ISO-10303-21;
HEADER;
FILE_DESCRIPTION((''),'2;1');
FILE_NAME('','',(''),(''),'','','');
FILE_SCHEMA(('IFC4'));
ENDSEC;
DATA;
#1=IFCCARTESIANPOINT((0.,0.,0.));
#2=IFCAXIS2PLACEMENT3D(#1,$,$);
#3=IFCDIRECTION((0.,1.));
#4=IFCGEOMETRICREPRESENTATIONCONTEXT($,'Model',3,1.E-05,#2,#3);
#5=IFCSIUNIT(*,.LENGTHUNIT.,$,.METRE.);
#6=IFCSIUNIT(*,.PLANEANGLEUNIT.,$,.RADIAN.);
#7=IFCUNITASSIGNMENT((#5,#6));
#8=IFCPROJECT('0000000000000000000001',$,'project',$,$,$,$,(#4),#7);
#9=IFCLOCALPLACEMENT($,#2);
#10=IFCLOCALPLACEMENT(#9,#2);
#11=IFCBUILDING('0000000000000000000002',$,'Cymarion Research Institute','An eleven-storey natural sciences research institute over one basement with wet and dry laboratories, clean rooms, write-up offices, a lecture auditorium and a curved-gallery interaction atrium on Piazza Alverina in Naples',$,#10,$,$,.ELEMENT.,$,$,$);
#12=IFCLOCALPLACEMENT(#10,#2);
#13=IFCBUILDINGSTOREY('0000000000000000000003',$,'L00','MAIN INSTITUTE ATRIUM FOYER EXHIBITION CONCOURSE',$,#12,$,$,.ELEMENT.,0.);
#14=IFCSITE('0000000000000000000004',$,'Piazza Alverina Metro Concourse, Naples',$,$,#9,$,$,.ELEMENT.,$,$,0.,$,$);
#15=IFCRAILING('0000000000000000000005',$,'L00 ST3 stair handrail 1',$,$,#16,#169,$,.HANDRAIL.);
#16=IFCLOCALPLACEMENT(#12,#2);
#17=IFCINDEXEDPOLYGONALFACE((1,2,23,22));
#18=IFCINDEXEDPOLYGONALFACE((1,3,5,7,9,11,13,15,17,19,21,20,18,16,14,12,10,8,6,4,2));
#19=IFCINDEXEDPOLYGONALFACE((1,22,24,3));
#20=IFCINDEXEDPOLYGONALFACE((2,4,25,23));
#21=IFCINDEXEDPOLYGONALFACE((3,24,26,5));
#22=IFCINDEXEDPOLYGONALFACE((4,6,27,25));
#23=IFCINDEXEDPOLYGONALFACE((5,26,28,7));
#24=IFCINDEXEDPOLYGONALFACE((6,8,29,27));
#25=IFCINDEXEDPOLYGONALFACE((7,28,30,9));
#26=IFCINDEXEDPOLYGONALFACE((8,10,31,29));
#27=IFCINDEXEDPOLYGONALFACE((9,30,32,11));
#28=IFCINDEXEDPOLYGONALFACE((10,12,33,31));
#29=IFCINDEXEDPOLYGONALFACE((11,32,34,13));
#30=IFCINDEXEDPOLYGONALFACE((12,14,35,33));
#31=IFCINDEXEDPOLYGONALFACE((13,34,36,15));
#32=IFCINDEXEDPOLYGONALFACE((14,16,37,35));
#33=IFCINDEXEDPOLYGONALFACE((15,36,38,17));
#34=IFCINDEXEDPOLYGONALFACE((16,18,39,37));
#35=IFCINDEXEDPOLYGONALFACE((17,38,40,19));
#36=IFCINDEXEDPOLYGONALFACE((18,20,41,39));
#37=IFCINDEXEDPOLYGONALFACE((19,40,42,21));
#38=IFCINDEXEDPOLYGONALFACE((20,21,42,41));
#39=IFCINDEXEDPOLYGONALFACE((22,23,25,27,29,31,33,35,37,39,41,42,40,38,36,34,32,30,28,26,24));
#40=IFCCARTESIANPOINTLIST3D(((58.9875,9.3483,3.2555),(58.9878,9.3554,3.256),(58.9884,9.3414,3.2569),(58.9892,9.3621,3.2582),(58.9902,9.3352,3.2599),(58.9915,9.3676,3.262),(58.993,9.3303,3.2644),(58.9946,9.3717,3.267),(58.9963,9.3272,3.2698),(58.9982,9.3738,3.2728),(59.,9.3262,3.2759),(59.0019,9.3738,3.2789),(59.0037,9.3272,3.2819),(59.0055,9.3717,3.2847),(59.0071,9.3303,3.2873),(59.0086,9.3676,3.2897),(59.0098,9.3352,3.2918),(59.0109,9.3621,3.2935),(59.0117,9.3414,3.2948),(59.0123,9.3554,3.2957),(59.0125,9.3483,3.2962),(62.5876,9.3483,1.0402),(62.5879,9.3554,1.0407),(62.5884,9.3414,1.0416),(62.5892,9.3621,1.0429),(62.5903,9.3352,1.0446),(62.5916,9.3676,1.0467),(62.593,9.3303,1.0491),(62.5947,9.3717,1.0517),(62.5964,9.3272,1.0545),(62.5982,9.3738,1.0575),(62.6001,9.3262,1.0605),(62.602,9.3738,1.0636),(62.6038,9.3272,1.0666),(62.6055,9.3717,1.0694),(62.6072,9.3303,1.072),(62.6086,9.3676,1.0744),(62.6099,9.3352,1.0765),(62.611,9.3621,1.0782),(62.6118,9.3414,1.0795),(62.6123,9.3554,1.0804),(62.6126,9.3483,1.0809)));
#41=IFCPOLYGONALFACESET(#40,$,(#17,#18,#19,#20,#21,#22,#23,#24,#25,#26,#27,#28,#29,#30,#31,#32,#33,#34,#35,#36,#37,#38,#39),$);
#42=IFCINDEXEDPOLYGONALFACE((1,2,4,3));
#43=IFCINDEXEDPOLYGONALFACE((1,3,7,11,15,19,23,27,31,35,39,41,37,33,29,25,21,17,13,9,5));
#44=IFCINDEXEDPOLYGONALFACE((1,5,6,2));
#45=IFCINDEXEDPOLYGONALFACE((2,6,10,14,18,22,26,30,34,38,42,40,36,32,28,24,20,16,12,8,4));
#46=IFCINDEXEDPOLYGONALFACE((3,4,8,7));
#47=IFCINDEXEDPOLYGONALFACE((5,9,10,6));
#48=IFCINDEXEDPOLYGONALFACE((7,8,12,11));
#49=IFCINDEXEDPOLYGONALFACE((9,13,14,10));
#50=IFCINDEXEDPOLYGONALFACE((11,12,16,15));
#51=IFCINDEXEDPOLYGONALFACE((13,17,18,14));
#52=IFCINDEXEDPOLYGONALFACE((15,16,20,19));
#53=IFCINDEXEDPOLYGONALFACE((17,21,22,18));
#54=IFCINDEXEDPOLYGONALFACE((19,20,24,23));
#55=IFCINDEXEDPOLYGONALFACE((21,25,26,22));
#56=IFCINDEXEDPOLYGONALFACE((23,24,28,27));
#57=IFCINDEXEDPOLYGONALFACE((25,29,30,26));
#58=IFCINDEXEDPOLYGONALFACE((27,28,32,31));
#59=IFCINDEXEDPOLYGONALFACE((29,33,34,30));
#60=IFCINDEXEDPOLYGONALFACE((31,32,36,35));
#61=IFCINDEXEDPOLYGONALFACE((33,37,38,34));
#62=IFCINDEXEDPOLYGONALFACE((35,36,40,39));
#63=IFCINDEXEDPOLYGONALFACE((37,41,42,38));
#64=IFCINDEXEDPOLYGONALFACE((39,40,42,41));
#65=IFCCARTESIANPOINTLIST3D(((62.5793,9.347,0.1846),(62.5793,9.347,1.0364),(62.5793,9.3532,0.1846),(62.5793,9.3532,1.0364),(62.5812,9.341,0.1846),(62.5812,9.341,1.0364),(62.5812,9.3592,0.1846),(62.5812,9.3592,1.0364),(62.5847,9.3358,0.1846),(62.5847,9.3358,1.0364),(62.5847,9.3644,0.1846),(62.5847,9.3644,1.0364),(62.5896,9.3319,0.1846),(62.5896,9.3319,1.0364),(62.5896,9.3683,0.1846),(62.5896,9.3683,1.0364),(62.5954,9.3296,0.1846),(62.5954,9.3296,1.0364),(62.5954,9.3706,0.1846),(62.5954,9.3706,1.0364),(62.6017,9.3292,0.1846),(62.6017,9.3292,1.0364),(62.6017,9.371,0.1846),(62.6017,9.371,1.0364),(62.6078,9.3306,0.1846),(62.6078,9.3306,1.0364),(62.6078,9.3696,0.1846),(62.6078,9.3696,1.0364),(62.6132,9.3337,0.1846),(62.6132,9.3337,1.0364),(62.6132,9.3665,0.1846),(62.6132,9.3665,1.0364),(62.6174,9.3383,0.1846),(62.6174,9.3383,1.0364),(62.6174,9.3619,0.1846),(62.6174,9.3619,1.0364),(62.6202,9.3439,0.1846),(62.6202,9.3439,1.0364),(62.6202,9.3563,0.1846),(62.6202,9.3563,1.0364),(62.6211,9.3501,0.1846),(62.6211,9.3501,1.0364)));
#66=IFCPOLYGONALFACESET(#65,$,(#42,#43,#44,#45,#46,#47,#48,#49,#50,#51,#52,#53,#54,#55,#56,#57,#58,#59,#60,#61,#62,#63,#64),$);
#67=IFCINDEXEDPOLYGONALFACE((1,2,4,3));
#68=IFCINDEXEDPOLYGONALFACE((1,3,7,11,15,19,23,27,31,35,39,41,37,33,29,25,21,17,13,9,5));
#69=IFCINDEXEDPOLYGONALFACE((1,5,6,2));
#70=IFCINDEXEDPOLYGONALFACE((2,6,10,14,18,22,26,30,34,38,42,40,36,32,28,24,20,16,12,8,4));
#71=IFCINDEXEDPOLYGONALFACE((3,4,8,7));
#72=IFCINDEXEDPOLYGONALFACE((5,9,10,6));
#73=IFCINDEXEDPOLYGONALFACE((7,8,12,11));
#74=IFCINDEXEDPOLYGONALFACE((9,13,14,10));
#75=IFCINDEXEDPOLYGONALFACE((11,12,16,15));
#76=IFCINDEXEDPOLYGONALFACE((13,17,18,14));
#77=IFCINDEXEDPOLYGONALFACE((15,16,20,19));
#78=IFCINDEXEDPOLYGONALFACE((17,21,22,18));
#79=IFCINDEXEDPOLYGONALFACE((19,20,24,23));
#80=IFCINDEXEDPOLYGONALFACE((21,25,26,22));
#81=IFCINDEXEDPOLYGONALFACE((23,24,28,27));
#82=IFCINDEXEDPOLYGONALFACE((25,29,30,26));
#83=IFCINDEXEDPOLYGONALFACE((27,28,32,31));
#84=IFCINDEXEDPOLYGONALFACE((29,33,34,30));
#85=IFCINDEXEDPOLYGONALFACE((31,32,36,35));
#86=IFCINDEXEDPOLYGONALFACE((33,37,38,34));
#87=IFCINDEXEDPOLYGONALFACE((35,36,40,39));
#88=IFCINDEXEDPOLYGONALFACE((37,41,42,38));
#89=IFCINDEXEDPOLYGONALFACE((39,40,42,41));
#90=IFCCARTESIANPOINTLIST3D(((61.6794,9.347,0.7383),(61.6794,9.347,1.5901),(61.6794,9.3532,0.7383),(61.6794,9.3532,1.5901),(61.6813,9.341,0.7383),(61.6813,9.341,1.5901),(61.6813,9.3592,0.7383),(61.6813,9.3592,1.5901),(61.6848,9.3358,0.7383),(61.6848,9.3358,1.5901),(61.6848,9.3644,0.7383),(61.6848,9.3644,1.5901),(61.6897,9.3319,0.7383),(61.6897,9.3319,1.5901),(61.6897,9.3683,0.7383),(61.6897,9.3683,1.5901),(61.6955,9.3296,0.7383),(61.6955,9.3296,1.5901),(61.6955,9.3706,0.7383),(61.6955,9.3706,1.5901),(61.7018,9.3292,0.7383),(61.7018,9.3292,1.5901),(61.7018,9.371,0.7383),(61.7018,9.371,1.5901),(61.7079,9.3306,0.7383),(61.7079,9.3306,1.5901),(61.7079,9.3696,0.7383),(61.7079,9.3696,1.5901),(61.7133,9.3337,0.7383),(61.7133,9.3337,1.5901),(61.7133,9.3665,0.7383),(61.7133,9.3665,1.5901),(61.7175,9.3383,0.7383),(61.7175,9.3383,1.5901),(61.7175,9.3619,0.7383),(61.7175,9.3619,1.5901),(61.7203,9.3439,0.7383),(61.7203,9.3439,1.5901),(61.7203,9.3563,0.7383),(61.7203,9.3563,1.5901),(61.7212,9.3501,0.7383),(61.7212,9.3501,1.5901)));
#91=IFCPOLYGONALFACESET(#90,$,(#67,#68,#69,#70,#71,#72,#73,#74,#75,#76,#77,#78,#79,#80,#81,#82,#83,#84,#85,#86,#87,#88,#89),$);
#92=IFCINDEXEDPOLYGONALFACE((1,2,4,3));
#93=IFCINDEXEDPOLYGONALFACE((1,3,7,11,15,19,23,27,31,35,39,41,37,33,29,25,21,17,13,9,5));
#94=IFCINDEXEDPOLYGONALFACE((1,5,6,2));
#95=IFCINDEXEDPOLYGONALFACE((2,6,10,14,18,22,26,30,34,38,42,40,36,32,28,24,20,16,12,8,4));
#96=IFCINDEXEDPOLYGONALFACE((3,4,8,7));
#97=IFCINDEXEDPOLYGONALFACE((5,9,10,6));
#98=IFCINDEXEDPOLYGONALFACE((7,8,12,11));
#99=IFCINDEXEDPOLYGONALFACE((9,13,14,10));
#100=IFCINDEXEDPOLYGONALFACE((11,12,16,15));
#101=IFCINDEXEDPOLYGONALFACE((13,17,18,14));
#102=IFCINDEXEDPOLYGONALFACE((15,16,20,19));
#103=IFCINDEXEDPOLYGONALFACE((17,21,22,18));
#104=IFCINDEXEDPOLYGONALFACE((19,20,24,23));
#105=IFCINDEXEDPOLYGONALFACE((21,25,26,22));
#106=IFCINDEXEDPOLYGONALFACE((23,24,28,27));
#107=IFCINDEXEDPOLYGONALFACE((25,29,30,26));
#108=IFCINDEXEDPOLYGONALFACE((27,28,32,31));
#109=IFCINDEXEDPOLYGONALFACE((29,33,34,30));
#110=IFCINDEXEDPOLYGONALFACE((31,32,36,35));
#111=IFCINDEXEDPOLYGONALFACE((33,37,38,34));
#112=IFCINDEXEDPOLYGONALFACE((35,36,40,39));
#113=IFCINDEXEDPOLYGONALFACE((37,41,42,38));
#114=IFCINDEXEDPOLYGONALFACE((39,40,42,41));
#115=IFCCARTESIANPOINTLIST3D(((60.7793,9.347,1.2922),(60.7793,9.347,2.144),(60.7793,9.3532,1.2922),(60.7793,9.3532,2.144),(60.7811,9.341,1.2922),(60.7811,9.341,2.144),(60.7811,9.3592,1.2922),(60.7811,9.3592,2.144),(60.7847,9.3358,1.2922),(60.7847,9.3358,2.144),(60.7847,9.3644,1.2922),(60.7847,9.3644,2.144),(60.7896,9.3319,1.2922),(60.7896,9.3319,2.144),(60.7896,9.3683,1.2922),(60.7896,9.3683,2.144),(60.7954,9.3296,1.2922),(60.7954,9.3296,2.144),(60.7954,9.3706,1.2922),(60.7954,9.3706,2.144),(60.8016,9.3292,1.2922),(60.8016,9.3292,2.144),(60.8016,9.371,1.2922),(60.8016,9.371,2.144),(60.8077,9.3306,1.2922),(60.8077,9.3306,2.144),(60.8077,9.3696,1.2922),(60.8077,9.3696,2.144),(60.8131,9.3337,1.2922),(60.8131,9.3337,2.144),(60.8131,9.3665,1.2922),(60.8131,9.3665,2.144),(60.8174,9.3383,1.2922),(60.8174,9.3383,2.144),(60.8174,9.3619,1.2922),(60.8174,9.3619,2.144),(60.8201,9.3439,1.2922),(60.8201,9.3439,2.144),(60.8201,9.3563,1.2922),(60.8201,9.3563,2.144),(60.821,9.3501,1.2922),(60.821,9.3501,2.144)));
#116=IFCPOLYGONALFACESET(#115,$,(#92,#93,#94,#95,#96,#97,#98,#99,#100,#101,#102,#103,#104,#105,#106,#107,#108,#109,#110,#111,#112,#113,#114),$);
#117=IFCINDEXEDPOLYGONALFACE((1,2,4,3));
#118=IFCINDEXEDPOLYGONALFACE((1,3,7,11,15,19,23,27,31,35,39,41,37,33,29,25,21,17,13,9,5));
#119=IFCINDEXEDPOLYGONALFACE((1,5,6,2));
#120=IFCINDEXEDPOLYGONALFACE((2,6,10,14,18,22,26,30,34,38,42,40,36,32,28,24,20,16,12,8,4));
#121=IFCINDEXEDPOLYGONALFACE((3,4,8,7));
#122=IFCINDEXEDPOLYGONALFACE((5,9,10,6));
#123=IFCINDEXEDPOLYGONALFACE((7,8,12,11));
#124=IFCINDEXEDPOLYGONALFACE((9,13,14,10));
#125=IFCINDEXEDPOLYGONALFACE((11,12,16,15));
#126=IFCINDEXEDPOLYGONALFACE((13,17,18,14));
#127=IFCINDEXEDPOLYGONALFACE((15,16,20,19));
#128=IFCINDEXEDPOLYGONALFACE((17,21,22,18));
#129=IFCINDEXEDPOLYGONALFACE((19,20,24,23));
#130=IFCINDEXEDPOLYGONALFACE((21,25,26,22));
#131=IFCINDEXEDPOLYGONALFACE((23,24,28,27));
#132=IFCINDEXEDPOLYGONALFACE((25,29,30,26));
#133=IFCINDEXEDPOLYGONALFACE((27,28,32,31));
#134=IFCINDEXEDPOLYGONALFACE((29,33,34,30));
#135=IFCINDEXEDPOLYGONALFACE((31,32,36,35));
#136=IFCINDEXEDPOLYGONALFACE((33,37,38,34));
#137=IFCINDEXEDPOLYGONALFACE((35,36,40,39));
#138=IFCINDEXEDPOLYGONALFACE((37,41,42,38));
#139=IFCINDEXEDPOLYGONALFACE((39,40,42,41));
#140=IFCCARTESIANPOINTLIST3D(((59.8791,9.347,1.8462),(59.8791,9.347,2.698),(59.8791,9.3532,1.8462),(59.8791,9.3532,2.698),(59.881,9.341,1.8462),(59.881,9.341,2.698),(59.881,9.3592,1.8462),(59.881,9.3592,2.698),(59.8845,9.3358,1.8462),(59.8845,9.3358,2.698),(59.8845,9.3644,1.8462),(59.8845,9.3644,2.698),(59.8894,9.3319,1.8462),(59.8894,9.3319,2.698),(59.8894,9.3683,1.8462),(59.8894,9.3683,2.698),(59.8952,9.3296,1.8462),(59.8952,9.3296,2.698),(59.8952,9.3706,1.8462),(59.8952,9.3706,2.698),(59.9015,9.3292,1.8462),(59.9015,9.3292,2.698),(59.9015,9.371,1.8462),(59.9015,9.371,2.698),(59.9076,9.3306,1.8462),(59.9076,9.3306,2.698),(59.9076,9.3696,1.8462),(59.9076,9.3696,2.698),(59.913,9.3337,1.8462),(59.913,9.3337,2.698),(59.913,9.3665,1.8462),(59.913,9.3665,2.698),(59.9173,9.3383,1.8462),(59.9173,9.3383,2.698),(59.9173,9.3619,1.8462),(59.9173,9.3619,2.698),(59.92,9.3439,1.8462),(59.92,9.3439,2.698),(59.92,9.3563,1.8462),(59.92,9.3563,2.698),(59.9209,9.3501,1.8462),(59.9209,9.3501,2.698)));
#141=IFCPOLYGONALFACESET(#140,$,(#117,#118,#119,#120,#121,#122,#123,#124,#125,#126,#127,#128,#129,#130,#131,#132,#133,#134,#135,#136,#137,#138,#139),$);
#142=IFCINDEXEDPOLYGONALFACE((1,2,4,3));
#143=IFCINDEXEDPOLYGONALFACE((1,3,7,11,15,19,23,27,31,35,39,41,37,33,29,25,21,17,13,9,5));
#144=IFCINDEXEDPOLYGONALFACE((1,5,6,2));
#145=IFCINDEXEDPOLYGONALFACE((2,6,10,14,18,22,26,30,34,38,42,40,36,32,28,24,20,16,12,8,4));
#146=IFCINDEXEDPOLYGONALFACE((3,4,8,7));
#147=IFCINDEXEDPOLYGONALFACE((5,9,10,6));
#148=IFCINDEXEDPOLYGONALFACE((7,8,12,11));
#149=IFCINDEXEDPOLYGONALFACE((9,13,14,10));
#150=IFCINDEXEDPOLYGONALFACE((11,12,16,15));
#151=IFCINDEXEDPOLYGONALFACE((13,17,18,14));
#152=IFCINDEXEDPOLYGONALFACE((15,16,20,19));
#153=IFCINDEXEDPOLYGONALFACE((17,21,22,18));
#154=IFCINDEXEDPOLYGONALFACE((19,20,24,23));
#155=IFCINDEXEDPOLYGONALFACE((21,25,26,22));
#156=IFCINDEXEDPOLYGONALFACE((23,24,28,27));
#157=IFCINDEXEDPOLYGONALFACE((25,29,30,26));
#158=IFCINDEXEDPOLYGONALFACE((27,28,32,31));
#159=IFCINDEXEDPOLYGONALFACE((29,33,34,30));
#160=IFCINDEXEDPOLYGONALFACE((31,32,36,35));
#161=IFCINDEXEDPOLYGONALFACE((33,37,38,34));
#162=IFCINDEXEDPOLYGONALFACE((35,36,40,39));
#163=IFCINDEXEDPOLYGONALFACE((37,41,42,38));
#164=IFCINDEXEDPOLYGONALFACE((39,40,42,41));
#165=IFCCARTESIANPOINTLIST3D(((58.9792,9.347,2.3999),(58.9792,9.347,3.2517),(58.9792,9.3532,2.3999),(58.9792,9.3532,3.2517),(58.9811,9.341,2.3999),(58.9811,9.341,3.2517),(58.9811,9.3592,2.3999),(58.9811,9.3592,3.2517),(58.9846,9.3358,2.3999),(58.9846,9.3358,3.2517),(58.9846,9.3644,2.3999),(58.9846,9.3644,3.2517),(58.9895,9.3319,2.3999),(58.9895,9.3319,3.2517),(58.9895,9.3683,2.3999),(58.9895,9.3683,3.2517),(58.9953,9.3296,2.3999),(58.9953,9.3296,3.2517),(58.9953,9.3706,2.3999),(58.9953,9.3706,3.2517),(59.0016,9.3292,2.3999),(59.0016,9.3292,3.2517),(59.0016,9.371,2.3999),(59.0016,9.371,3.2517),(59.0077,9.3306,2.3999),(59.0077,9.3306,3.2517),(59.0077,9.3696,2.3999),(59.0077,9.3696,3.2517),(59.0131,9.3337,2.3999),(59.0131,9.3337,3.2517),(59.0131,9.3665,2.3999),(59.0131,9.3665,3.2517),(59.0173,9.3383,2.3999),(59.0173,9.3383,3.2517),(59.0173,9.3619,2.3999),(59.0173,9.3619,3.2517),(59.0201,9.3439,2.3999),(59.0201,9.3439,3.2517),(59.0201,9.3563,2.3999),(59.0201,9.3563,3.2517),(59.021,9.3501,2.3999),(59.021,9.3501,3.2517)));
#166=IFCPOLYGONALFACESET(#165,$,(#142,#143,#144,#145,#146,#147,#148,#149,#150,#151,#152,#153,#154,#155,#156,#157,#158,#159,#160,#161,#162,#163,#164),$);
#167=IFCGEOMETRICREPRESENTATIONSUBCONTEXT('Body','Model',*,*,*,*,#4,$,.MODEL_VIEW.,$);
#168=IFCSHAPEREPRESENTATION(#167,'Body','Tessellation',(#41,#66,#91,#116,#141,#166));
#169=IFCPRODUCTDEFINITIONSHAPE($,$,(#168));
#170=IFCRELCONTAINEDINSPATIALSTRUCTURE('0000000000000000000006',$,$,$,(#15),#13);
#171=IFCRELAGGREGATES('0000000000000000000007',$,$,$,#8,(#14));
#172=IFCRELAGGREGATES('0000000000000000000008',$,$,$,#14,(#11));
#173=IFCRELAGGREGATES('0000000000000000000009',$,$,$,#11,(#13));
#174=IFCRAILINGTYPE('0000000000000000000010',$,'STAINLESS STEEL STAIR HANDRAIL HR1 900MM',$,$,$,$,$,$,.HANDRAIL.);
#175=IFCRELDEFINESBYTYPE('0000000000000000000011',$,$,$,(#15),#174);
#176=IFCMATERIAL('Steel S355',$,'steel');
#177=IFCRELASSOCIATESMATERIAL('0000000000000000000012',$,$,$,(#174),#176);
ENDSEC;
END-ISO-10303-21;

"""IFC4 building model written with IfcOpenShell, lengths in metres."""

from ifc_helpers import new_model, si_unit, direction, frame, origin, origin_2d, place, context, subcontext, project, spatial, circle, extrude, material, type_object, element, save


model = new_model("IFC4")

# Units and contexts
model_context = context("Model", 3, precision=1e-05, world=origin(), true_north=direction((0.0, 1.0)))
body_context = subcontext(model_context, "Body", "Model", "MODEL_VIEW")
ifc_project = project(units=[si_unit("LENGTHUNIT", "METRE"), si_unit("PLANEANGLEUNIT", "RADIAN")], contexts=[model_context])

# Site, building, storey
site_placement = place(None, origin())
site = spatial("IfcSite", under=ifc_project, at=site_placement, Name="Piazza Alverina Metro Concourse, Naples", CompositionType="ELEMENT", RefElevation=0.0)
building_placement = place(site_placement, origin())
building = spatial("IfcBuilding", under=site, at=building_placement, Name="Cymarion Research Institute", Description="An eleven-storey natural sciences research institute over one basement with wet and dry laboratories, clean rooms, write-up offices, a lecture auditorium and a curved-gallery interaction atrium on Piazza Alverina in Naples", CompositionType="ELEMENT")
storey_placement = place(building_placement, origin())
storey = spatial("IfcBuildingStorey", under=building, at=storey_placement, Name="L00", Description="MAIN INSTITUTE ATRIUM FOYER EXHIBITION CONCOURSE", CompositionType="ELEMENT", Elevation=0.0)

# Shared definitions
ifc_material_1 = material(Name="Steel S355", Category="steel")

# Railing
railing_type_1 = type_object("IfcRailingType", Name="STAINLESS STEEL STAIR HANDRAIL HR1 900MM", PredefinedType="HANDRAIL", material=ifc_material_1)
railing_1_placement = place(storey_placement, frame((62.6001, 9.3501, 0.1846)))
element("IfcRailing", 1, at=railing_1_placement, inside=storey, type_object=railing_type_1, Name="L00 ST3 stair handrail 1", PredefinedType="HANDRAIL", context=body_context, shape_type="SweptSolid", body=[
    extrude(circle(Radius=0.0239, at=origin_2d()), frame((0.0, 0.0, 0.876), z_axis=(-0.85167, 0.0, 0.524078), x_axis=(0.0, -1.0, 0.0)), (0.0, 0.0, 1.0), 4.2271),
    extrude(circle(Radius=0.021, at=origin_2d()), origin(), (0.0, 0.0, 1.0), 0.8518),
    extrude(circle(Radius=0.021, at=origin_2d()), frame((-0.8999, 0.0, 0.5537)), (0.0, 0.0, 1.0), 0.8518),
    extrude(circle(Radius=0.021, at=origin_2d()), frame((-1.8, 0.0, 1.1077)), (0.0, 0.0, 1.0), 0.8518),
    extrude(circle(Radius=0.021, at=origin_2d()), frame((-2.7002, 0.0, 1.6616)), (0.0, 0.0, 1.0), 0.8518),
    extrude(circle(Radius=0.021, at=origin_2d()), frame((-3.6001, 0.0, 2.2153)), (0.0, 0.0, 1.0), 0.8518),
])

save(model, "model.ifc")
